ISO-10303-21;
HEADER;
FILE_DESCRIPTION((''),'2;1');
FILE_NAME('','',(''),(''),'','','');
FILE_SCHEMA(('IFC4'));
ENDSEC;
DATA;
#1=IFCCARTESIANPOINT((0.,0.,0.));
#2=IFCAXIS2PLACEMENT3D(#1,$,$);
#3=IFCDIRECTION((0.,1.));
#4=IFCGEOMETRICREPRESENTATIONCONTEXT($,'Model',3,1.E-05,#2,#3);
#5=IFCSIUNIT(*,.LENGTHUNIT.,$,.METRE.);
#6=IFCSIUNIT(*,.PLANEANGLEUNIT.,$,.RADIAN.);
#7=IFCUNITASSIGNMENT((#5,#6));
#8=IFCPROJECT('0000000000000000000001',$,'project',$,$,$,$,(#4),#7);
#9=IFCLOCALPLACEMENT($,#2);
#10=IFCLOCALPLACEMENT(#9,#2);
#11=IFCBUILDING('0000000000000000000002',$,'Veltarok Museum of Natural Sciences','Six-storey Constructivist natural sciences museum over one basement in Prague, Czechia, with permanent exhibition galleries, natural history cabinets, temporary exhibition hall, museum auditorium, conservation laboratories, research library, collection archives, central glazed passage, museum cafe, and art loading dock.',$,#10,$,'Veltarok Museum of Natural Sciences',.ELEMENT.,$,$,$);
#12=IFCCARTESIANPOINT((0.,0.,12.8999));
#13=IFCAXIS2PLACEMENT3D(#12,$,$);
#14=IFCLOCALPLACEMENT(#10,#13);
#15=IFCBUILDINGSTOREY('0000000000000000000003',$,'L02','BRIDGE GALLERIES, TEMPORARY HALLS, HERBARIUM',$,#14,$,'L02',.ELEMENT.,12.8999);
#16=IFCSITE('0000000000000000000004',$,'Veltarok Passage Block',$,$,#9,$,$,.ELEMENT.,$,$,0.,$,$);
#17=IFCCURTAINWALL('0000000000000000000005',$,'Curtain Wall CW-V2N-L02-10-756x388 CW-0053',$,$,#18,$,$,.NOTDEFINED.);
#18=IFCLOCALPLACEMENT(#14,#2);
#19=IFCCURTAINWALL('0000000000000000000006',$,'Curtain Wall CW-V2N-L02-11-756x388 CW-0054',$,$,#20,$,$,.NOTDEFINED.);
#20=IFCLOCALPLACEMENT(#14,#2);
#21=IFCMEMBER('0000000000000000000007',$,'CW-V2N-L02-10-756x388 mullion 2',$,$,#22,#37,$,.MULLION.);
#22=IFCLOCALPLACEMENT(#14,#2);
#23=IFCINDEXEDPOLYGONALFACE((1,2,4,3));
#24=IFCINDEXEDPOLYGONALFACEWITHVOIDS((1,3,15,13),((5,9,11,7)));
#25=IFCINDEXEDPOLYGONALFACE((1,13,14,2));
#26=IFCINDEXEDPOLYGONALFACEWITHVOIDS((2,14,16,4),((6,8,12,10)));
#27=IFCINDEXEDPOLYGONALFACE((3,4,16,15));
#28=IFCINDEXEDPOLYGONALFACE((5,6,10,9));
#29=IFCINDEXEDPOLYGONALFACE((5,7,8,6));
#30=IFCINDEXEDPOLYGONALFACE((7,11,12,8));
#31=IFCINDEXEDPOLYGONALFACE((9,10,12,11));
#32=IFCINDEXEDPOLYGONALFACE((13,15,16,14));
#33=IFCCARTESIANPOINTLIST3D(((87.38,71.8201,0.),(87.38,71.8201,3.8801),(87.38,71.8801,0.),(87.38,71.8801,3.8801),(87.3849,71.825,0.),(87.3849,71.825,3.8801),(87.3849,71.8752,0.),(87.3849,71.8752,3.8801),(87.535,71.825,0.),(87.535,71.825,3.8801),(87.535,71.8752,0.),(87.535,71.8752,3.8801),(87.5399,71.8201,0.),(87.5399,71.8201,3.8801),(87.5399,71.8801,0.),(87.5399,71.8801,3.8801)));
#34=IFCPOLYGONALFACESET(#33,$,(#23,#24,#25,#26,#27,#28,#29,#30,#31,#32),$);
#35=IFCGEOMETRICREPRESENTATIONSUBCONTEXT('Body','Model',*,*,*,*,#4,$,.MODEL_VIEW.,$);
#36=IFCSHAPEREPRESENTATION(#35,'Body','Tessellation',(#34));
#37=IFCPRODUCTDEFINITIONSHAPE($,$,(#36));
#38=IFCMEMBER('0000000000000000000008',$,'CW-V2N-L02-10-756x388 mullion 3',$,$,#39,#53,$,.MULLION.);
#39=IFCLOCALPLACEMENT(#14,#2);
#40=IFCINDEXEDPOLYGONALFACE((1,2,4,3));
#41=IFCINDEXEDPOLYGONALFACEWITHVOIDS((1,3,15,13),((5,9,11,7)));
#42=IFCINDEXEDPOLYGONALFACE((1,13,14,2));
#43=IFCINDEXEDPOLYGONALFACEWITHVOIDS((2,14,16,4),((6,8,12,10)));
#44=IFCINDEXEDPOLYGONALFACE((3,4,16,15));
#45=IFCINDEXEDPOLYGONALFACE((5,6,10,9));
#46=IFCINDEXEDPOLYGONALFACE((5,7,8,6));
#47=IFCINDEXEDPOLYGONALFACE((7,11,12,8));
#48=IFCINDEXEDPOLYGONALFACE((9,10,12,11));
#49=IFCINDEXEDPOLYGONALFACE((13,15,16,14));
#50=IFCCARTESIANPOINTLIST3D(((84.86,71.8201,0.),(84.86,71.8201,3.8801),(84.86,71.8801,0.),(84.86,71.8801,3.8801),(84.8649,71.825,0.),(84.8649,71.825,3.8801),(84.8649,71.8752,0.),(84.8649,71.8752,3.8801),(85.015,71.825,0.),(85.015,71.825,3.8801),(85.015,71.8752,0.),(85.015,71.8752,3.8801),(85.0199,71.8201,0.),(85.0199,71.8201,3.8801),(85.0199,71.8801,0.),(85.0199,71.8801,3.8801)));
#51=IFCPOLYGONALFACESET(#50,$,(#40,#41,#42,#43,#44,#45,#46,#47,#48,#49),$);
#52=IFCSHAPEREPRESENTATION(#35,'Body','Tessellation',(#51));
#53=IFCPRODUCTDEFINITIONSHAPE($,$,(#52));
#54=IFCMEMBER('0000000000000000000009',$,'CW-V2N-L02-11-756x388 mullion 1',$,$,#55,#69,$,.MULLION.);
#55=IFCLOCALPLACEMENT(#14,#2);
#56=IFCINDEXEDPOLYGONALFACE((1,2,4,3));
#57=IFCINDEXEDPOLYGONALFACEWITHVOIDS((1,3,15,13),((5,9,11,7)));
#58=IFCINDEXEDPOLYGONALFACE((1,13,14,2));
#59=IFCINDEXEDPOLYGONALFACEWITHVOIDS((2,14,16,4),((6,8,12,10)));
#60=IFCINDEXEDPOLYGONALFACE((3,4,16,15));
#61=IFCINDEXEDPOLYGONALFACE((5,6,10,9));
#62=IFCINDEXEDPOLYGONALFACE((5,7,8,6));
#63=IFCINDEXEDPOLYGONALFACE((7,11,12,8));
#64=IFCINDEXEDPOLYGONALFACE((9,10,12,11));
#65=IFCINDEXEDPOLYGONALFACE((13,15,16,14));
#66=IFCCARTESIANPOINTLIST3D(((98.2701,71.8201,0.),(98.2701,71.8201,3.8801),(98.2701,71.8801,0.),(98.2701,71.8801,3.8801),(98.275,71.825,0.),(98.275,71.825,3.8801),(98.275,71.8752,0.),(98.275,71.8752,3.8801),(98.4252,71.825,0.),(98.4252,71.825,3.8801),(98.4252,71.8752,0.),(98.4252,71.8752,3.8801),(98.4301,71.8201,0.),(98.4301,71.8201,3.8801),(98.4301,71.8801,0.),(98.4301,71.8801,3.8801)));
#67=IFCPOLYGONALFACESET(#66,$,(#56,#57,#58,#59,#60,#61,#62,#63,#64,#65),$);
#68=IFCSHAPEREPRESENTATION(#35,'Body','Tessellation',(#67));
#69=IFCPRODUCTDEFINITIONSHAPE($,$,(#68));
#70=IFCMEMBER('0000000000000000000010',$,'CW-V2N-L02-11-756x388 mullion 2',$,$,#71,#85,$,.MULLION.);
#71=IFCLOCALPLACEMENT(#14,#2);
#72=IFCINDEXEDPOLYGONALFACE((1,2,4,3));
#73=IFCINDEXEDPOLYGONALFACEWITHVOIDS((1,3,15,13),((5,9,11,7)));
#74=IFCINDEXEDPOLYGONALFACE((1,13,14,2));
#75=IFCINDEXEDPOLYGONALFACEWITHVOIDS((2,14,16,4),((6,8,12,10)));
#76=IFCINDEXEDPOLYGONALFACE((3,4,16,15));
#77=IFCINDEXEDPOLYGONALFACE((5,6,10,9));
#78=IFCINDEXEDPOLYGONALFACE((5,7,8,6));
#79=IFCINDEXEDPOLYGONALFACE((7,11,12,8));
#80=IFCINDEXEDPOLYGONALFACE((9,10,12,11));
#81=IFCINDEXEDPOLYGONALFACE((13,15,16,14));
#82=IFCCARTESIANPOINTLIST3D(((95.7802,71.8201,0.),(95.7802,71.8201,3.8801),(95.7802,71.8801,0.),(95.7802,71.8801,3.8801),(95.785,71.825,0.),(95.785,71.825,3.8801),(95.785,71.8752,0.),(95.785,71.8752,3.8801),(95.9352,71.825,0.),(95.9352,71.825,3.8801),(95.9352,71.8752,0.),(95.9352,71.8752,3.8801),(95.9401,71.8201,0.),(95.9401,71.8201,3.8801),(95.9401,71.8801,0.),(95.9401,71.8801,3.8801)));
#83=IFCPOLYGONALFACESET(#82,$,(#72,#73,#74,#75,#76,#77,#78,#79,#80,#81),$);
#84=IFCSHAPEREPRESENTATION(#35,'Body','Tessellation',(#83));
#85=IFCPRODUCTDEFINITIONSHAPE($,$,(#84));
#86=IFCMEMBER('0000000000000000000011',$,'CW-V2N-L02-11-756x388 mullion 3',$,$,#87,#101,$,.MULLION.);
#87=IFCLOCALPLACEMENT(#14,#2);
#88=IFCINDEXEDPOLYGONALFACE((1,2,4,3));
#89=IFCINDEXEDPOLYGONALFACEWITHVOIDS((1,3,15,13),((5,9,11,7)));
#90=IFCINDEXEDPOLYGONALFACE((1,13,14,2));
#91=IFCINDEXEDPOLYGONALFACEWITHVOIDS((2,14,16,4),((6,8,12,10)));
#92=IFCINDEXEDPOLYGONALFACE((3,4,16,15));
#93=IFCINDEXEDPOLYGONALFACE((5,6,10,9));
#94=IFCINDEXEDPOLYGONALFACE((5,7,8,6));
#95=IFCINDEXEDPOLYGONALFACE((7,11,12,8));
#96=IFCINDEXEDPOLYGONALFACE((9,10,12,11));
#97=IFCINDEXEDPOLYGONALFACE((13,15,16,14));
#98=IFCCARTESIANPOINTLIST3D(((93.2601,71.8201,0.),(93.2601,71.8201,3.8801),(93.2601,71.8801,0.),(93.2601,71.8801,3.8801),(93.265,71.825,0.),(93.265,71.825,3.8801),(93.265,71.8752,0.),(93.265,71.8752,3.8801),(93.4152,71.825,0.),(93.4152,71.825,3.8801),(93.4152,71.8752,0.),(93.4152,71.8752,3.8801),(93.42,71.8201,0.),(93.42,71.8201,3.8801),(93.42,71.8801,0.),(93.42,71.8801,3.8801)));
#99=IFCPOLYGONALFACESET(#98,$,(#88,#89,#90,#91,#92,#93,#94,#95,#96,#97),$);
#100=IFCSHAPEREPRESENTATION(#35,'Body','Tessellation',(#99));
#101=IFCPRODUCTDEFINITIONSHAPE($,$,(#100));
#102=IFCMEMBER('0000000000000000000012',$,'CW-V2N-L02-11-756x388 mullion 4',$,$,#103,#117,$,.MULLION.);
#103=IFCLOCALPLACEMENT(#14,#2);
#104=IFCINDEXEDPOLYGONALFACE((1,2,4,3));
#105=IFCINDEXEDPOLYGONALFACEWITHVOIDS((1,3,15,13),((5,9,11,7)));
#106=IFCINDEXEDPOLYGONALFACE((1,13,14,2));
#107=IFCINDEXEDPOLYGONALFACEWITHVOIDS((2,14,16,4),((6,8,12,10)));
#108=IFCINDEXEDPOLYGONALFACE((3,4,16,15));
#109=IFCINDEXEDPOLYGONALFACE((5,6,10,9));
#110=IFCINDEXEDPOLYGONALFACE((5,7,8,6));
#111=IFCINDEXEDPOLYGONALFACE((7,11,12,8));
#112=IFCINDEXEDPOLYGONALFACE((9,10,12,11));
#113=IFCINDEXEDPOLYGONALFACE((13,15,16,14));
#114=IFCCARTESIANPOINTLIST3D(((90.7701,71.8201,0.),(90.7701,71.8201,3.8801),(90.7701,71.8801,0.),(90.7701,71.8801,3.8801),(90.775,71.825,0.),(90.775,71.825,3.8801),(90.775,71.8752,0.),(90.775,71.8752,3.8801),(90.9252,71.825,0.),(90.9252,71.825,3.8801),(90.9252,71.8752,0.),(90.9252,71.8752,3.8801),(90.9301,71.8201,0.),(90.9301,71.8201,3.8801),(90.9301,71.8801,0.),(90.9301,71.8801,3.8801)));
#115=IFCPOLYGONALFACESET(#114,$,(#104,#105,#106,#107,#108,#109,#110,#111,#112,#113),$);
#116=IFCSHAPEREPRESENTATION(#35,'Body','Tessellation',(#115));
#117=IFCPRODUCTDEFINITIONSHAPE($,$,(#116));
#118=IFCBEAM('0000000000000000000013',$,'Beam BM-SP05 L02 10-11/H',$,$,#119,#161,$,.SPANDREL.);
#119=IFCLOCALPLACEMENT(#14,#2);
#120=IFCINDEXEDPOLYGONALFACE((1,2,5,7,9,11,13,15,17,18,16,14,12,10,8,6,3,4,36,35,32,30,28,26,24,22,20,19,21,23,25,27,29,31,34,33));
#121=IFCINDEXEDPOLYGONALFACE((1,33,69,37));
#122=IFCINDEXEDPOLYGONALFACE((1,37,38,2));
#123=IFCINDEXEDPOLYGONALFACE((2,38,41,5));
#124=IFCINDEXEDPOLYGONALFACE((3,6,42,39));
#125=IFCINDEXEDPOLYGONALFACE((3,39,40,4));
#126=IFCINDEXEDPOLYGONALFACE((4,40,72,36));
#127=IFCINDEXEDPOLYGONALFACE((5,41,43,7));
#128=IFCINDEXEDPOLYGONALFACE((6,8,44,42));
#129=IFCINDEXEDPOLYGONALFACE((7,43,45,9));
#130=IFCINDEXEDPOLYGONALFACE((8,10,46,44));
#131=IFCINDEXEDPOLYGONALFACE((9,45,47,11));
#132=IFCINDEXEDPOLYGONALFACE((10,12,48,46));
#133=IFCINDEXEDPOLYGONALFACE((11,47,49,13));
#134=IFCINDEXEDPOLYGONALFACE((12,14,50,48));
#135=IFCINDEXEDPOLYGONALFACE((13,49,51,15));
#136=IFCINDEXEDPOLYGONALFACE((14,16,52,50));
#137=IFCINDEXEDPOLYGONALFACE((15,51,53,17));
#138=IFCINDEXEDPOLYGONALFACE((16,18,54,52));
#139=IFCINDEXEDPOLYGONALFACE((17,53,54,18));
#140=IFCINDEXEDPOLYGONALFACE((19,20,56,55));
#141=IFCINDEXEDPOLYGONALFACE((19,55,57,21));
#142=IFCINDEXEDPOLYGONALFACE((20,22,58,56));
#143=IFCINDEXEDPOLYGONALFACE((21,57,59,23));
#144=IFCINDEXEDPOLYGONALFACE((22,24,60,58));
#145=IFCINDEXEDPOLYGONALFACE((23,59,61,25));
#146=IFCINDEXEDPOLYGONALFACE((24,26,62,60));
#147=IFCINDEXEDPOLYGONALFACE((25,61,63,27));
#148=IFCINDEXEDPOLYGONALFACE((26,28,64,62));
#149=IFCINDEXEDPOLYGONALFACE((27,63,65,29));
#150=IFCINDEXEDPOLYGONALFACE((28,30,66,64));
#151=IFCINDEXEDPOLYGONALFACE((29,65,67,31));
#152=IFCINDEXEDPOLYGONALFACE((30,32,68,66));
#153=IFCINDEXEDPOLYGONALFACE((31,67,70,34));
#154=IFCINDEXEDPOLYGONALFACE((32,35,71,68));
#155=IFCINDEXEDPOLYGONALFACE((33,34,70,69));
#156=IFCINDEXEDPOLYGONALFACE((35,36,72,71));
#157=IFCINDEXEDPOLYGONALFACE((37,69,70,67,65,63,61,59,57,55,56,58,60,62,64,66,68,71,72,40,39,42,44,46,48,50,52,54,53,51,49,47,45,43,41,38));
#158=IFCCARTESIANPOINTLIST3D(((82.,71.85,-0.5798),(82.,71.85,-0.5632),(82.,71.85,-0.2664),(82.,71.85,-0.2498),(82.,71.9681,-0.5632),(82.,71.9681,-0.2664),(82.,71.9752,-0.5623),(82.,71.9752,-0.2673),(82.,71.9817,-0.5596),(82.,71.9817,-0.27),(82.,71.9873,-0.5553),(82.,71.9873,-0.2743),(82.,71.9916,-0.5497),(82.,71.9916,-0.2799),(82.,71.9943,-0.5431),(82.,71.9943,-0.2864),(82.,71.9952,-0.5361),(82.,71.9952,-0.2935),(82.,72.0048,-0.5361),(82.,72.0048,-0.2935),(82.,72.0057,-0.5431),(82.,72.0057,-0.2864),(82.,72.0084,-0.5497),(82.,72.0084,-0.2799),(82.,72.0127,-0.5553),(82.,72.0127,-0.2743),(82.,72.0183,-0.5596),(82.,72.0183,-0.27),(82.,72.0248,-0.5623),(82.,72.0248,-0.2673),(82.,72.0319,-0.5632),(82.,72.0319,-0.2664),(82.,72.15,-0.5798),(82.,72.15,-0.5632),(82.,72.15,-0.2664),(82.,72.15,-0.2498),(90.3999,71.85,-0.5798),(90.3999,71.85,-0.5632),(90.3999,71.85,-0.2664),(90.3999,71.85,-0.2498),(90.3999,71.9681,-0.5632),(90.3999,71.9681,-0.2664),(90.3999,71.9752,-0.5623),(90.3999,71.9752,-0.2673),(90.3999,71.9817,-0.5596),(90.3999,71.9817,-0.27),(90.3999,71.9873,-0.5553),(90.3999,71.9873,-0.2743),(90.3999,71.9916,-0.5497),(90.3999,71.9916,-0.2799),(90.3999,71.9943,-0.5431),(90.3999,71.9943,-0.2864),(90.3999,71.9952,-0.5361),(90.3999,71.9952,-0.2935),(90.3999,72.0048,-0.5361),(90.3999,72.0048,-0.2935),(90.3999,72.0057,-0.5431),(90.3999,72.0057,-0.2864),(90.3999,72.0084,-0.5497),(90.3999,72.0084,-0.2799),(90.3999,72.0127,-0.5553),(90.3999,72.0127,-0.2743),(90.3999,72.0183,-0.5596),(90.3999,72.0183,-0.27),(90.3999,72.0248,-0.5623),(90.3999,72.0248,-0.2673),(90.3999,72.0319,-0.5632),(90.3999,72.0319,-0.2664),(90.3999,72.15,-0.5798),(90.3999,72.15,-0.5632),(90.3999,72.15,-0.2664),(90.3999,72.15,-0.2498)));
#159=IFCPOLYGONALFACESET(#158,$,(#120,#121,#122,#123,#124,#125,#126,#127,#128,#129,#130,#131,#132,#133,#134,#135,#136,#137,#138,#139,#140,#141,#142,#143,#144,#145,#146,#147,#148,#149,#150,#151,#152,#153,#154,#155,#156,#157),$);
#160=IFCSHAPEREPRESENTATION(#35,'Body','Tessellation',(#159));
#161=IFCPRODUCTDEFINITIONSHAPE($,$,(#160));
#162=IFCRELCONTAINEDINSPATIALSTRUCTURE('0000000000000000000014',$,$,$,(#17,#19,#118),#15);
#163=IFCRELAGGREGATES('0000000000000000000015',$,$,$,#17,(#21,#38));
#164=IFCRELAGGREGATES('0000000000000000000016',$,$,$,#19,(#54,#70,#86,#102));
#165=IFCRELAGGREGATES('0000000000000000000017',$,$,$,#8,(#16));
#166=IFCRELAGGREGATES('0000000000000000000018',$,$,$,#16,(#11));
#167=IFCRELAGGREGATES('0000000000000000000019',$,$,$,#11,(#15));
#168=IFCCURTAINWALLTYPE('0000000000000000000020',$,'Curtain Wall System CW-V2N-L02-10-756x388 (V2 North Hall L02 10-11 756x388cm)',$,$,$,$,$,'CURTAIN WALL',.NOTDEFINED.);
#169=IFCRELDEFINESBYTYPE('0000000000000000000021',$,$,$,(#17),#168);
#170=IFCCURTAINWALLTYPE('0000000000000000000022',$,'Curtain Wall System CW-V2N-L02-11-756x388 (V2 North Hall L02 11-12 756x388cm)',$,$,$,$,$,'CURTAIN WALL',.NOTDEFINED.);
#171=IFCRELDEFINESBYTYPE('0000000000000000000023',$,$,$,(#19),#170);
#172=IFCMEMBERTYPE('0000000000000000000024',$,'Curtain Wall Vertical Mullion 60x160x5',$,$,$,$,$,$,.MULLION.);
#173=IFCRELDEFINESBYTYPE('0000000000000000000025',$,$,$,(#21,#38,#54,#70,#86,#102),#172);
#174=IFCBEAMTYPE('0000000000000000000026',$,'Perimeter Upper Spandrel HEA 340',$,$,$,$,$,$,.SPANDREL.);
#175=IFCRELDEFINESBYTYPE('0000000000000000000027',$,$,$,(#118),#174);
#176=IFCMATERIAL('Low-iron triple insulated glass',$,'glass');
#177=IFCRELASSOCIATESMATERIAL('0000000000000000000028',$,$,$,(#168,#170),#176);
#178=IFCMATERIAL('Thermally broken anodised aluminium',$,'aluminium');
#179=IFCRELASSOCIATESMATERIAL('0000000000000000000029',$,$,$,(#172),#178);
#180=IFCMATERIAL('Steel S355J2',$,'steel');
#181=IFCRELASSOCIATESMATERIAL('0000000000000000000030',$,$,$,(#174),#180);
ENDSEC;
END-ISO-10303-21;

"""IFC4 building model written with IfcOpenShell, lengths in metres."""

from ifc_helpers import new_model, si_unit, direction, frame, origin, origin_2d, place, context, subcontext, project, spatial, hollow_rectangle, i_section, extrude, material, material_profile, profile_set, type_object, element, aggregate, save


model = new_model("IFC4")

# Units and contexts
model_context = context("Model", 3, precision=1e-05, world=origin(), true_north=direction((0.0, 1.0)))
body_context = subcontext(model_context, "Body", "Model", "MODEL_VIEW")
ifc_project = project(units=[si_unit("LENGTHUNIT", "METRE"), si_unit("PLANEANGLEUNIT", "RADIAN")], contexts=[model_context])

# Site, building, storey
site_placement = place(None, origin())
site = spatial("IfcSite", under=ifc_project, at=site_placement, Name="Veltarok Passage Block", CompositionType="ELEMENT", RefElevation=0.0)
building_placement = place(site_placement, origin())
building = spatial("IfcBuilding", under=site, at=building_placement, Name="Veltarok Museum of Natural Sciences", Description="Six-storey Constructivist natural sciences museum over one basement in Prague, Czechia, with permanent exhibition galleries, natural history cabinets, temporary exhibition hall, museum auditorium, conservation laboratories, research library, collection archives, central glazed passage, museum cafe, and art loading dock.", LongName="Veltarok Museum of Natural Sciences", CompositionType="ELEMENT")
storey_placement = place(building_placement, frame((0.0, 0.0, 12.8999)))
storey = spatial("IfcBuildingStorey", under=building, at=storey_placement, Name="L02", Description="BRIDGE GALLERIES, TEMPORARY HALLS, HERBARIUM", LongName="L02", CompositionType="ELEMENT", Elevation=12.8999)

# Shared definitions
ifc_material_1 = material(Name="Steel S355J2", Category="steel")

# Curtain walls
ifc_material_2 = material(Name="Low-iron triple insulated glass", Category="glass")
curtain_wall_type_1 = type_object("IfcCurtainWallType", Name="Curtain Wall System CW-V2N-L02-10-756x388 (V2 North Hall L02 10-11 756x388cm)", ElementType="CURTAIN WALL", PredefinedType="NOTDEFINED", material=ifc_material_2)
curtain_wall_1_placement = place(storey_placement, origin())
curtain_wall_1 = element("IfcCurtainWall", 1, at=curtain_wall_1_placement, inside=storey, type_object=curtain_wall_type_1, Name="Curtain Wall CW-V2N-L02-10-756x388 CW-0053", PredefinedType="NOTDEFINED")
ifc_material_3 = material(Name="Thermally broken anodised aluminium", Category="aluminium")
curtain_wall_type_2 = type_object("IfcCurtainWallType", Name="Curtain Wall System CW-V2N-L02-11-756x388 (V2 North Hall L02 11-12 756x388cm)", ElementType="CURTAIN WALL", PredefinedType="NOTDEFINED", material=ifc_material_2)
curtain_wall_2_placement = place(storey_placement, origin())
curtain_wall_2 = element("IfcCurtainWall", 2, at=curtain_wall_2_placement, inside=storey, type_object=curtain_wall_type_2, Name="Curtain Wall CW-V2N-L02-11-756x388 CW-0054", PredefinedType="NOTDEFINED")

# Members
ifc_material_profile_1 = material_profile(ifc_material_3, hollow_rectangle(XDim=0.0601, YDim=0.1599, WallThickness=0.0049, at=origin_2d()), Name="CW MULLION 60x160x5")
ifc_profile_set_1 = profile_set([ifc_material_profile_1], Name="Thermally broken anodised aluminium")
member_type_1 = type_object("IfcMemberType", Name="Curtain Wall Vertical Mullion 60x160x5", PredefinedType="MULLION", material=ifc_profile_set_1)
member_1_placement = place(storey_placement, frame((87.46, 71.8501, 0.0), z_axis=(0.0, 0.0, 1.0), x_axis=(0.0, -1.0, 0.0)))
member_1 = element("IfcMember", 3, at=member_1_placement, type_object=member_type_1, Name="CW-V2N-L02-10-756x388 mullion 2", PredefinedType="MULLION", context=body_context, shape_type="SweptSolid", body=[
    extrude(hollow_rectangle(XDim=0.0601, YDim=0.1599, WallThickness=0.0049, at=origin_2d()), origin(), (0.0, 0.0, 1.0), 3.8801),
])
member_2_placement = place(storey_placement, frame((84.9399, 71.8501, 0.0), z_axis=(0.0, 0.0, 1.0), x_axis=(0.0, -1.0, 0.0)))
member_2 = element("IfcMember", 4, at=member_2_placement, type_object=member_type_1, Name="CW-V2N-L02-10-756x388 mullion 3", PredefinedType="MULLION", context=body_context, shape_type="SweptSolid", body=[
    extrude(hollow_rectangle(XDim=0.0601, YDim=0.1599, WallThickness=0.0049, at=origin_2d()), origin(), (0.0, 0.0, 1.0), 3.8801),
])
member_3_placement = place(storey_placement, frame((98.3501, 71.8501, 0.0), z_axis=(0.0, 0.0, 1.0), x_axis=(0.0, -1.0, 0.0)))
member_3 = element("IfcMember", 5, at=member_3_placement, type_object=member_type_1, Name="CW-V2N-L02-11-756x388 mullion 1", PredefinedType="MULLION", context=body_context, shape_type="SweptSolid", body=[
    extrude(hollow_rectangle(XDim=0.0601, YDim=0.1599, WallThickness=0.0049, at=origin_2d()), origin(), (0.0, 0.0, 1.0), 3.8801),
])
member_4_placement = place(storey_placement, frame((95.8601, 71.8501, 0.0), z_axis=(0.0, 0.0, 1.0), x_axis=(0.0, -1.0, 0.0)))
member_4 = element("IfcMember", 6, at=member_4_placement, type_object=member_type_1, Name="CW-V2N-L02-11-756x388 mullion 2", PredefinedType="MULLION", context=body_context, shape_type="SweptSolid", body=[
    extrude(hollow_rectangle(XDim=0.0601, YDim=0.1599, WallThickness=0.0049, at=origin_2d()), origin(), (0.0, 0.0, 1.0), 3.8801),
])
member_5_placement = place(storey_placement, frame((93.3401, 71.8501, 0.0), z_axis=(0.0, 0.0, 1.0), x_axis=(0.0, -1.0, 0.0)))
member_5 = element("IfcMember", 7, at=member_5_placement, type_object=member_type_1, Name="CW-V2N-L02-11-756x388 mullion 3", PredefinedType="MULLION", context=body_context, shape_type="SweptSolid", body=[
    extrude(hollow_rectangle(XDim=0.0601, YDim=0.1599, WallThickness=0.0049, at=origin_2d()), origin(), (0.0, 0.0, 1.0), 3.8801),
])
member_6_placement = place(storey_placement, frame((90.8501, 71.8501, 0.0), z_axis=(0.0, 0.0, 1.0), x_axis=(0.0, -1.0, 0.0)))
member_6 = element("IfcMember", 8, at=member_6_placement, type_object=member_type_1, Name="CW-V2N-L02-11-756x388 mullion 4", PredefinedType="MULLION", context=body_context, shape_type="SweptSolid", body=[
    extrude(hollow_rectangle(XDim=0.0601, YDim=0.1599, WallThickness=0.0049, at=origin_2d()), origin(), (0.0, 0.0, 1.0), 3.8801),
])

# Beam
ifc_material_profile_2 = material_profile(ifc_material_1, i_section(OverallWidth=0.3, OverallDepth=0.3301, WebThickness=0.0095, FlangeThickness=0.0166, FilletRadius=0.0271, at=origin_2d()), Name="HEA 340")
ifc_profile_set_2 = profile_set([ifc_material_profile_2], Name="Steel S355J2")
beam_type = type_object("IfcBeamType", Name="Perimeter Upper Spandrel HEA 340", PredefinedType="SPANDREL", material=ifc_profile_set_2)
beam_1_placement = place(storey_placement, frame((82.0, 72.0, -0.4148), z_axis=(1.0, 0.0, 0.0), x_axis=(0.0, 1.0, 0.0)))
element("IfcBeam", 9, at=beam_1_placement, inside=storey, type_object=beam_type, Name="Beam BM-SP05 L02 10-11/H", PredefinedType="SPANDREL", context=body_context, shape_type="SweptSolid", body=[
    extrude(i_section(OverallWidth=0.3, OverallDepth=0.3301, WebThickness=0.0095, FlangeThickness=0.0166, FilletRadius=0.0271, at=origin_2d()), origin(), (0.0, 0.0, 1.0), 8.3999),
])

aggregate(curtain_wall_1, [member_1, member_2])
aggregate(curtain_wall_2, [member_3, member_4, member_5, member_6])

save(model, "model.ifc")
